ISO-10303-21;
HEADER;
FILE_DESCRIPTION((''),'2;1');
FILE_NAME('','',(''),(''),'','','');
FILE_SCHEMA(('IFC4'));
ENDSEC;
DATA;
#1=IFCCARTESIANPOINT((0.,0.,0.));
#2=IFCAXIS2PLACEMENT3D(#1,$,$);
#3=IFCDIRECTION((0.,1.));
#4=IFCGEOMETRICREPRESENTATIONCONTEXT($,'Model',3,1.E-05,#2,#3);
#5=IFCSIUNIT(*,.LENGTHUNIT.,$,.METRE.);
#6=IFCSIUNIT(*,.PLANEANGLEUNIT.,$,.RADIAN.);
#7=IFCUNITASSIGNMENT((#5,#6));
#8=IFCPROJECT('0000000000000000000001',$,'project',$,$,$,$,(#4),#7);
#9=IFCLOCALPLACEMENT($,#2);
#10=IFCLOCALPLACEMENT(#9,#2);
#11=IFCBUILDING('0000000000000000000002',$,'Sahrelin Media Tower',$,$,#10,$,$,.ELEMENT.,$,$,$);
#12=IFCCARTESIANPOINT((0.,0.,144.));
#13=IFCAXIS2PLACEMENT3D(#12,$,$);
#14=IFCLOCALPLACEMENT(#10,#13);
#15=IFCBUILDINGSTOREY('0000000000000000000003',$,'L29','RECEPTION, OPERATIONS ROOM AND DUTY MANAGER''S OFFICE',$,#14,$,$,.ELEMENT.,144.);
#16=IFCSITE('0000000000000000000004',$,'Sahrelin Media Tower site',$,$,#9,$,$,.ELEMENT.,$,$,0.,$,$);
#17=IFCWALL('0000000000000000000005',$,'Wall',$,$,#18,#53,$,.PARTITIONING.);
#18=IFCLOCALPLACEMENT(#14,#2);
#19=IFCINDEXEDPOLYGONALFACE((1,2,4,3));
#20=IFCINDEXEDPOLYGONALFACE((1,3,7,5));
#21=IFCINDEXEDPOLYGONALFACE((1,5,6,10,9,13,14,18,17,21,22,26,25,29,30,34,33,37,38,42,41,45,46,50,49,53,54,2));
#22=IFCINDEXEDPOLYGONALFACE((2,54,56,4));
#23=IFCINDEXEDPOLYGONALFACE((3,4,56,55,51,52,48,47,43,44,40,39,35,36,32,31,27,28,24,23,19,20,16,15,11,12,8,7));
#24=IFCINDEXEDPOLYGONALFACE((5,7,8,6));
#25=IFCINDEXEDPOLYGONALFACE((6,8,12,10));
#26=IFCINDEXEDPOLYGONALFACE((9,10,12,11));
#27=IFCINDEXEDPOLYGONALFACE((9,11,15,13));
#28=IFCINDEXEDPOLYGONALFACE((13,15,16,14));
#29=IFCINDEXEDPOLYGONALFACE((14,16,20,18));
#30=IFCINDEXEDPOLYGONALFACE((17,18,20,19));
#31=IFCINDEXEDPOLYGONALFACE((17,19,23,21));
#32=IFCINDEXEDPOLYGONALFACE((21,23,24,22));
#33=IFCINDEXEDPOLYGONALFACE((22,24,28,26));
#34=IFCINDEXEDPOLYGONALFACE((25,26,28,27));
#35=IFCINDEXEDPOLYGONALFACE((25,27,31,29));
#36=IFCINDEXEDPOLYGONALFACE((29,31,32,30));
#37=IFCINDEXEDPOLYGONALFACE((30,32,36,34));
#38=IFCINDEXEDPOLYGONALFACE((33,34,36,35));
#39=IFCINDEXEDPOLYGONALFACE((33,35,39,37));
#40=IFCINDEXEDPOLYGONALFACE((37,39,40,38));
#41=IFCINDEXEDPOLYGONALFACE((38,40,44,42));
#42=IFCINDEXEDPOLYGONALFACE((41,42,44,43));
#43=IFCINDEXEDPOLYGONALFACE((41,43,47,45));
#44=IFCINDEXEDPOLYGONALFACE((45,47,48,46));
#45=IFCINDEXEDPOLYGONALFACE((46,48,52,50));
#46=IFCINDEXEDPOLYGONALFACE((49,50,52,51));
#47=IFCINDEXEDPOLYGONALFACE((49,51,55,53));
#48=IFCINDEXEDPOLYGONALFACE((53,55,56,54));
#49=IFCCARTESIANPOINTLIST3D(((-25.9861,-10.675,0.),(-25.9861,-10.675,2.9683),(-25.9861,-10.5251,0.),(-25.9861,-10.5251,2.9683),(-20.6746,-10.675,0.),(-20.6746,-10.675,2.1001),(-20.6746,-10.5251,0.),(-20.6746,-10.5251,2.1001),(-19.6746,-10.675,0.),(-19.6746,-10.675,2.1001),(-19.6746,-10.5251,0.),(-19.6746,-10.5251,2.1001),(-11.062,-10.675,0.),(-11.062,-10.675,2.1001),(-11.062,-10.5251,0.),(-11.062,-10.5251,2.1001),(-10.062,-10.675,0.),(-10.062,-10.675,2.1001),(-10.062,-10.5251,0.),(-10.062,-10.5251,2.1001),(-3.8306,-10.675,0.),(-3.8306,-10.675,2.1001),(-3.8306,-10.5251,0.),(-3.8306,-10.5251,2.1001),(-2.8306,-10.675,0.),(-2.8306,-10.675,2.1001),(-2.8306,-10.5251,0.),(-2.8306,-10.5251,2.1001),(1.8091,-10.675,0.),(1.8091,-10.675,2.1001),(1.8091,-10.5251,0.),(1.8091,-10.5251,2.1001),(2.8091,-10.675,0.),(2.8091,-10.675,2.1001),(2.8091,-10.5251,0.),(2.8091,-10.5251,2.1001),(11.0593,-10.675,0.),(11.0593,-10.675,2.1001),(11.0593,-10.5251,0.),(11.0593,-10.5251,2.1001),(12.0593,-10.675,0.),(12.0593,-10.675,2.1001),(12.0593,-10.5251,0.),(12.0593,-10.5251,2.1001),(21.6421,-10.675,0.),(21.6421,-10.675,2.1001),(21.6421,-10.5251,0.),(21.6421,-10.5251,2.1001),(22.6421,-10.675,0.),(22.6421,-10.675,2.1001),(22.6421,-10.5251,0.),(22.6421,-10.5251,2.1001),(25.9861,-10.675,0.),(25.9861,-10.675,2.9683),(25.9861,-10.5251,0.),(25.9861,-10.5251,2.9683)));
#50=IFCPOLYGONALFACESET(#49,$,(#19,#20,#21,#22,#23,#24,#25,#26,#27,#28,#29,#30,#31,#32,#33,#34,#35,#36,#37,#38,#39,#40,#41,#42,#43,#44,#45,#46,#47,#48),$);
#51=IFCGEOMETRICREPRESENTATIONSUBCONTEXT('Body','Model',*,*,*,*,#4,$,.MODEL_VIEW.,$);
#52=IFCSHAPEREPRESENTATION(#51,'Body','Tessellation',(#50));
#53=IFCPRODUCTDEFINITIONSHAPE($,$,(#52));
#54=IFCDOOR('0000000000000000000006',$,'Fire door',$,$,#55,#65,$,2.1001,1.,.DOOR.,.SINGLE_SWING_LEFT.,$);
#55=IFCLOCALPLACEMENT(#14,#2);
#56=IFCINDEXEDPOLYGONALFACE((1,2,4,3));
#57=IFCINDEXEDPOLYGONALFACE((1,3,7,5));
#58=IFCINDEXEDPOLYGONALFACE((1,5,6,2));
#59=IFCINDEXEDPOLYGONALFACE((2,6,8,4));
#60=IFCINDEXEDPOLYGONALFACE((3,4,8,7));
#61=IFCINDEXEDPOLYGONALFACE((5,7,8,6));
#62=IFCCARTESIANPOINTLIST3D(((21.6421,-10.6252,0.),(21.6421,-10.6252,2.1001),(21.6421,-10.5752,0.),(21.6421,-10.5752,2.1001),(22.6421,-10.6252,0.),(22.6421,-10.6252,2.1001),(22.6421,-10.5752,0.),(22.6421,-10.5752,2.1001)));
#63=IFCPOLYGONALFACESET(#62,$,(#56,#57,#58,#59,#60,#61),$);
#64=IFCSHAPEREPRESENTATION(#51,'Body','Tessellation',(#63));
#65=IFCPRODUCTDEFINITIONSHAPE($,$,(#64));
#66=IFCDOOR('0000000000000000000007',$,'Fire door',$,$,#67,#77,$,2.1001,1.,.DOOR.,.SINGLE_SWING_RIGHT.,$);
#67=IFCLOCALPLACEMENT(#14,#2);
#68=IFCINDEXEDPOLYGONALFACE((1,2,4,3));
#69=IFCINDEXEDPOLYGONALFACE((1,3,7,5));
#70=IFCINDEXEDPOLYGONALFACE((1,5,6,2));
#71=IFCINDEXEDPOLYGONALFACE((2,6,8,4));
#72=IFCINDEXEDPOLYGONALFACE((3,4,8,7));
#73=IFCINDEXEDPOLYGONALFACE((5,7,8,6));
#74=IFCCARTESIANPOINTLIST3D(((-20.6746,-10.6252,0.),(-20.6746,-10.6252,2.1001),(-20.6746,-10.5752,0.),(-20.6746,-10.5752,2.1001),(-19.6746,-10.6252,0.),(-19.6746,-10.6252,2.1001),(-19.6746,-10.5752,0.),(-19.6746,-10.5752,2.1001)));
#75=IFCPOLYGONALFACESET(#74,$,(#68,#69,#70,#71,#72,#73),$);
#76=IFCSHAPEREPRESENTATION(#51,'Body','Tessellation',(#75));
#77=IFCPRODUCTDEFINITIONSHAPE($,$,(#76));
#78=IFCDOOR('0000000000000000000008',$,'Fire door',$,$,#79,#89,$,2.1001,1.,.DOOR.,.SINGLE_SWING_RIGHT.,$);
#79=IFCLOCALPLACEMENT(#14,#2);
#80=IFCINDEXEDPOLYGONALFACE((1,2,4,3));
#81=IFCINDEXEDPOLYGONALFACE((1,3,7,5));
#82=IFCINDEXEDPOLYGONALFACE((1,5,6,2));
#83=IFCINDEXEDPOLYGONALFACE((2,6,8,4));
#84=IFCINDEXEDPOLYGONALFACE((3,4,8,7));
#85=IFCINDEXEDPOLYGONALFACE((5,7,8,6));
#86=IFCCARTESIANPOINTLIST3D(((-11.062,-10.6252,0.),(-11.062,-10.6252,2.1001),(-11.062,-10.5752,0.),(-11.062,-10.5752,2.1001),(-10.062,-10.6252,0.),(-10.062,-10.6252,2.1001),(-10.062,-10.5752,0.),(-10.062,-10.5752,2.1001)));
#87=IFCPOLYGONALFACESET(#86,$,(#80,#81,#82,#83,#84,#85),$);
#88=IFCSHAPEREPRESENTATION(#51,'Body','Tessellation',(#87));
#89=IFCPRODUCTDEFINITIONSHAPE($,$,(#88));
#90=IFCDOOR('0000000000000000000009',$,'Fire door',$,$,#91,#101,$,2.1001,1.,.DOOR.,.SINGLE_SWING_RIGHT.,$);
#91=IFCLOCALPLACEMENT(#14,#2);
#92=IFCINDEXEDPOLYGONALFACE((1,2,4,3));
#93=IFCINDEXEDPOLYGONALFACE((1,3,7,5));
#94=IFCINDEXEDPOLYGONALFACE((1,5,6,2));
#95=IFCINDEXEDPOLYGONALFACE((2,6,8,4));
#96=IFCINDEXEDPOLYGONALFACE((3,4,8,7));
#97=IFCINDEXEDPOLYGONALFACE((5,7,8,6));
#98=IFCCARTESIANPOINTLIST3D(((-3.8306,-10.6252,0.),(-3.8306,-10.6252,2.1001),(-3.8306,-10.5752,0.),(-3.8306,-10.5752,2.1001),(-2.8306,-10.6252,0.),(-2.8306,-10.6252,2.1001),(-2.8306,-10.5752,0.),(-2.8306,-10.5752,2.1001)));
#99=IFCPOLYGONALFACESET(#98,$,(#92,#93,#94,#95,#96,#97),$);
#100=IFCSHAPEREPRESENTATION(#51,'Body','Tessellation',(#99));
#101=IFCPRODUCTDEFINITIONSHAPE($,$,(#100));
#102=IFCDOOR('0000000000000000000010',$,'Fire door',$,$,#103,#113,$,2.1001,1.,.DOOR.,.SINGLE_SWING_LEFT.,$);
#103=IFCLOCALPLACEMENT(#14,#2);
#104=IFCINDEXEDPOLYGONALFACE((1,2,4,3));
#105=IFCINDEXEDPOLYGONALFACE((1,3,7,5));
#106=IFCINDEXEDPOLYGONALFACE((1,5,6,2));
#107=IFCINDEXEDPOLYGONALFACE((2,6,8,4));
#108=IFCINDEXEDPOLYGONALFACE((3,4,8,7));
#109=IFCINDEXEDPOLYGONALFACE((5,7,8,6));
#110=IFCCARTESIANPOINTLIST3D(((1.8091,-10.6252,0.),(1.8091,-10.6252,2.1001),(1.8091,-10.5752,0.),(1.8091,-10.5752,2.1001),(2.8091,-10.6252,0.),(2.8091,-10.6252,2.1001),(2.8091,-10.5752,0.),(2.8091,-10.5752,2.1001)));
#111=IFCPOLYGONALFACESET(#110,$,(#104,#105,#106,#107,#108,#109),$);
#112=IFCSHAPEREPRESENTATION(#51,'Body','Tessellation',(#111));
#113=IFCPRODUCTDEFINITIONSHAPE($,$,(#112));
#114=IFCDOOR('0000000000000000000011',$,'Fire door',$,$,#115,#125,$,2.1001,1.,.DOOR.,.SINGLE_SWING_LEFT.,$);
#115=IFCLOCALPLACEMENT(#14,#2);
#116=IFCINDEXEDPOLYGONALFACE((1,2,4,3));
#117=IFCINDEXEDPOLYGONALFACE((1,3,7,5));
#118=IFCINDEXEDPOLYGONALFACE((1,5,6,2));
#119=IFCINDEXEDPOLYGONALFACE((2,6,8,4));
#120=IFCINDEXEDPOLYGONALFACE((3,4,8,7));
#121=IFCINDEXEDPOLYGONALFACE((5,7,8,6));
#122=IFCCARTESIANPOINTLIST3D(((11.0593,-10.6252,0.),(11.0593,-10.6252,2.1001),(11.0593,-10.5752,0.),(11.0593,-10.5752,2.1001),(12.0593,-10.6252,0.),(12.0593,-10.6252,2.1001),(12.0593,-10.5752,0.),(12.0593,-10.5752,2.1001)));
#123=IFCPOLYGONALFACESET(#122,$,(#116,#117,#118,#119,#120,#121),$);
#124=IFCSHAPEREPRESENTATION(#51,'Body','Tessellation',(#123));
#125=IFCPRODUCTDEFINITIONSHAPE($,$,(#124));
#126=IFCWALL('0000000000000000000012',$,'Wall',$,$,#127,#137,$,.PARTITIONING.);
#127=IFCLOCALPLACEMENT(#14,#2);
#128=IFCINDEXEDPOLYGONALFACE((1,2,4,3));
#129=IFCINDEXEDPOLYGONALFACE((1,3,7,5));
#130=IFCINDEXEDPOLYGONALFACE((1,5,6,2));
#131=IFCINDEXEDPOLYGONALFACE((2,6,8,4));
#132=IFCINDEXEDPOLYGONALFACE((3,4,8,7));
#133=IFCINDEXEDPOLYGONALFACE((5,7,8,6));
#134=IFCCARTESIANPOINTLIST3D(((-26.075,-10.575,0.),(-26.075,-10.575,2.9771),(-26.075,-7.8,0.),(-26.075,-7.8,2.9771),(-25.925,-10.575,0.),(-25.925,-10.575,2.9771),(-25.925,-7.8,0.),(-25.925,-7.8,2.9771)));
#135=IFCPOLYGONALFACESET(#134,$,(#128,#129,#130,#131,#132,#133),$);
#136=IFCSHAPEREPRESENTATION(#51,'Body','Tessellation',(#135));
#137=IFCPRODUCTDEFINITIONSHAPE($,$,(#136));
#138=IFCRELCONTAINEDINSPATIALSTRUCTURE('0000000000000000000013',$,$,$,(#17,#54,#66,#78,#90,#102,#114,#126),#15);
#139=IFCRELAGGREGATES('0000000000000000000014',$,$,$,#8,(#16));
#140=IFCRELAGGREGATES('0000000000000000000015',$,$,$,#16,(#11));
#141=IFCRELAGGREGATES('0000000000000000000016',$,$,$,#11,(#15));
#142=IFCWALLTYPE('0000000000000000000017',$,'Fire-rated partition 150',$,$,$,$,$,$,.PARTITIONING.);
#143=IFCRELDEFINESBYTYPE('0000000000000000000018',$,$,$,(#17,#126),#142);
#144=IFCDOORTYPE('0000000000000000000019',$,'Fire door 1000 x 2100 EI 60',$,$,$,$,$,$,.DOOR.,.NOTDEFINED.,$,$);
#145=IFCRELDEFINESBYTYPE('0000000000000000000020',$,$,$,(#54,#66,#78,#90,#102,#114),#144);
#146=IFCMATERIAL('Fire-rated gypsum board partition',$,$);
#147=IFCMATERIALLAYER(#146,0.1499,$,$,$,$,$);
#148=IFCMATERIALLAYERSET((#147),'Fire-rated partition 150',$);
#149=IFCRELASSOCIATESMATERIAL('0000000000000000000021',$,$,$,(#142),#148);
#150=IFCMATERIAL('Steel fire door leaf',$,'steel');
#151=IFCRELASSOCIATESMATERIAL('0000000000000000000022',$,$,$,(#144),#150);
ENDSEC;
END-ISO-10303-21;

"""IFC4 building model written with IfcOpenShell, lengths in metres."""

from ifc_helpers import new_model, si_unit, direction, frame, frame_2d, origin, place, context, subcontext, project, spatial, rectangle, extrude, material, layer, layer_set, type_object, element, fill, save


model = new_model("IFC4")

# Units and contexts
model_context = context("Model", 3, precision=1e-05, world=origin(), true_north=direction((0.0, 1.0)))
body_context = subcontext(model_context, "Body", "Model", "MODEL_VIEW")
ifc_project = project(units=[si_unit("LENGTHUNIT", "METRE"), si_unit("PLANEANGLEUNIT", "RADIAN")], contexts=[model_context])

# Site, building, storey
site_placement = place(None, origin())
site = spatial("IfcSite", under=ifc_project, at=site_placement, Name="Sahrelin Media Tower site", CompositionType="ELEMENT", RefElevation=0.0)
building_placement = place(site_placement, origin())
building = spatial("IfcBuilding", under=site, at=building_placement, Name="Sahrelin Media Tower", CompositionType="ELEMENT")
storey_placement = place(building_placement, frame((0.0, 0.0, 144.0)))
storey = spatial("IfcBuildingStorey", under=building, at=storey_placement, Name="L29", Description="RECEPTION, OPERATIONS ROOM AND DUTY MANAGER'S OFFICE", CompositionType="ELEMENT", Elevation=144.0)

# Wall, openings, doors
ifc_material_1 = material(Name="Fire-rated gypsum board partition")
ifc_layer_1 = layer(ifc_material_1, 0.1499)
ifc_layer_set_1 = layer_set([ifc_layer_1], Name="Fire-rated partition 150")
wall_type_1 = type_object("IfcWallType", Name="Fire-rated partition 150", PredefinedType="PARTITIONING", material=ifc_layer_set_1)
wall_1_placement = place(storey_placement, frame((-25.9861, -10.6001, 0.0), z_axis=(0.0, 0.0, 1.0), x_axis=(1.0, 0.0, 0.0)))
wall_1 = element("IfcWall", 1, at=wall_1_placement, inside=storey, type_object=wall_type_1, Name="Wall", PredefinedType="PARTITIONING", context=body_context, shape_type="SweptSolid", body=[
    extrude(rectangle(XDim=51.9722, YDim=0.1499, at=frame_2d((25.9861, 0.0))), origin(), (0.0, 0.0, 1.0), 2.9683),
])
opening_1_placement = place(wall_1_placement, frame((47.6282, 0.0, 0.0)))
opening_1 = element("IfcOpeningElement", 2, at=opening_1_placement, cuts=wall_1, PredefinedType="OPENING", context=body_context, shape_type="SweptSolid", body=[
    extrude(rectangle(XDim=1.0, YDim=2.1001, at=frame_2d((0.5, 1.05))), frame((0.0, 0.075, 0.0), z_axis=(0.0, -1.0, 0.0), x_axis=(1.0, 0.0, 0.0)), (0.0, 0.0, 1.0), 0.1499),
])
opening_2_placement = place(wall_1_placement, frame((5.3115, 0.0, 0.0)))
opening_2 = element("IfcOpeningElement", 3, at=opening_2_placement, cuts=wall_1, PredefinedType="OPENING", context=body_context, shape_type="SweptSolid", body=[
    extrude(rectangle(XDim=1.0, YDim=2.1001, at=frame_2d((0.5, 1.05))), frame((0.0, 0.075, 0.0), z_axis=(0.0, -1.0, 0.0), x_axis=(1.0, 0.0, 0.0)), (0.0, 0.0, 1.0), 0.1499),
])
opening_3_placement = place(wall_1_placement, frame((14.9241, 0.0, 0.0)))
opening_3 = element("IfcOpeningElement", 4, at=opening_3_placement, cuts=wall_1, PredefinedType="OPENING", context=body_context, shape_type="SweptSolid", body=[
    extrude(rectangle(XDim=1.0, YDim=2.1001, at=frame_2d((0.5, 1.05))), frame((0.0, 0.075, 0.0), z_axis=(0.0, -1.0, 0.0), x_axis=(1.0, 0.0, 0.0)), (0.0, 0.0, 1.0), 0.1499),
])
opening_4_placement = place(wall_1_placement, frame((22.1555, 0.0, 0.0)))
opening_4 = element("IfcOpeningElement", 5, at=opening_4_placement, cuts=wall_1, PredefinedType="OPENING", context=body_context, shape_type="SweptSolid", body=[
    extrude(rectangle(XDim=1.0, YDim=2.1001, at=frame_2d((0.5, 1.05))), frame((0.0, 0.075, 0.0), z_axis=(0.0, -1.0, 0.0), x_axis=(1.0, 0.0, 0.0)), (0.0, 0.0, 1.0), 0.1499),
])
opening_5_placement = place(wall_1_placement, frame((27.7952, 0.0, 0.0)))
opening_5 = element("IfcOpeningElement", 6, at=opening_5_placement, cuts=wall_1, PredefinedType="OPENING", context=body_context, shape_type="SweptSolid", body=[
    extrude(rectangle(XDim=1.0, YDim=2.1001, at=frame_2d((0.5, 1.05))), frame((0.0, 0.075, 0.0), z_axis=(0.0, -1.0, 0.0), x_axis=(1.0, 0.0, 0.0)), (0.0, 0.0, 1.0), 0.1499),
])
opening_6_placement = place(wall_1_placement, frame((37.0454, 0.0, 0.0)))
opening_6 = element("IfcOpeningElement", 7, at=opening_6_placement, cuts=wall_1, PredefinedType="OPENING", context=body_context, shape_type="SweptSolid", body=[
    extrude(rectangle(XDim=1.0, YDim=2.1001, at=frame_2d((0.5, 1.05))), frame((0.0, 0.075, 0.0), z_axis=(0.0, -1.0, 0.0), x_axis=(1.0, 0.0, 0.0)), (0.0, 0.0, 1.0), 0.1499),
])
ifc_material_2 = material(Name="Steel fire door leaf", Category="steel")
door_type_1 = type_object("IfcDoorType", Name="Fire door 1000 x 2100 EI 60", OperationType="NOTDEFINED", PredefinedType="DOOR", material=ifc_material_2)
door_1_placement = place(opening_1_placement, origin())
door_1 = element("IfcDoor", 8, at=door_1_placement, inside=storey, type_object=door_type_1, Name="Fire door", OperationType="SINGLE_SWING_LEFT", OverallHeight=2.1001, OverallWidth=1.0, PredefinedType="DOOR", context=body_context, shape_type="SweptSolid", body=[
    extrude(rectangle(XDim=1.0, YDim=2.1001, at=frame_2d((0.5, 1.05))), frame((0.0, 0.0249, 0.0), z_axis=(0.0, -1.0, 0.0), x_axis=(1.0, 0.0, 0.0)), (0.0, 0.0, 1.0), 0.05),
])
fill(opening_1, door_1)
door_2_placement = place(opening_2_placement, origin())
door_2 = element("IfcDoor", 9, at=door_2_placement, inside=storey, type_object=door_type_1, Name="Fire door", OperationType="SINGLE_SWING_RIGHT", OverallHeight=2.1001, OverallWidth=1.0, PredefinedType="DOOR", context=body_context, shape_type="SweptSolid", body=[
    extrude(rectangle(XDim=1.0, YDim=2.1001, at=frame_2d((0.5, 1.05))), frame((0.0, 0.0249, 0.0), z_axis=(0.0, -1.0, 0.0), x_axis=(1.0, 0.0, 0.0)), (0.0, 0.0, 1.0), 0.05),
])
fill(opening_2, door_2)
door_3_placement = place(opening_3_placement, origin())
door_3 = element("IfcDoor", 10, at=door_3_placement, inside=storey, type_object=door_type_1, Name="Fire door", OperationType="SINGLE_SWING_RIGHT", OverallHeight=2.1001, OverallWidth=1.0, PredefinedType="DOOR", context=body_context, shape_type="SweptSolid", body=[
    extrude(rectangle(XDim=1.0, YDim=2.1001, at=frame_2d((0.5, 1.05))), frame((0.0, 0.0249, 0.0), z_axis=(0.0, -1.0, 0.0), x_axis=(1.0, 0.0, 0.0)), (0.0, 0.0, 1.0), 0.05),
])
fill(opening_3, door_3)
door_4_placement = place(opening_4_placement, origin())
door_4 = element("IfcDoor", 11, at=door_4_placement, inside=storey, type_object=door_type_1, Name="Fire door", OperationType="SINGLE_SWING_RIGHT", OverallHeight=2.1001, OverallWidth=1.0, PredefinedType="DOOR", context=body_context, shape_type="SweptSolid", body=[
    extrude(rectangle(XDim=1.0, YDim=2.1001, at=frame_2d((0.5, 1.05))), frame((0.0, 0.0249, 0.0), z_axis=(0.0, -1.0, 0.0), x_axis=(1.0, 0.0, 0.0)), (0.0, 0.0, 1.0), 0.05),
])
fill(opening_4, door_4)
door_5_placement = place(opening_5_placement, origin())
door_5 = element("IfcDoor", 12, at=door_5_placement, inside=storey, type_object=door_type_1, Name="Fire door", OperationType="SINGLE_SWING_LEFT", OverallHeight=2.1001, OverallWidth=1.0, PredefinedType="DOOR", context=body_context, shape_type="SweptSolid", body=[
    extrude(rectangle(XDim=1.0, YDim=2.1001, at=frame_2d((0.5, 1.05))), frame((0.0, 0.0249, 0.0), z_axis=(0.0, -1.0, 0.0), x_axis=(1.0, 0.0, 0.0)), (0.0, 0.0, 1.0), 0.05),
])
fill(opening_5, door_5)
door_6_placement = place(opening_6_placement, origin())
door_6 = element("IfcDoor", 13, at=door_6_placement, inside=storey, type_object=door_type_1, Name="Fire door", OperationType="SINGLE_SWING_LEFT", OverallHeight=2.1001, OverallWidth=1.0, PredefinedType="DOOR", context=body_context, shape_type="SweptSolid", body=[
    extrude(rectangle(XDim=1.0, YDim=2.1001, at=frame_2d((0.5, 1.05))), frame((0.0, 0.0249, 0.0), z_axis=(0.0, -1.0, 0.0), x_axis=(1.0, 0.0, 0.0)), (0.0, 0.0, 1.0), 0.05),
])
fill(opening_6, door_6)

# Wall
wall_2_placement = place(storey_placement, frame((-26.0, -10.575, 0.0), z_axis=(0.0, 0.0, 1.0), x_axis=(0.0, 1.0, 0.0)))
element("IfcWall", 14, at=wall_2_placement, inside=storey, type_object=wall_type_1, Name="Wall", PredefinedType="PARTITIONING", context=body_context, shape_type="SweptSolid", body=[
    extrude(rectangle(XDim=2.7749, YDim=0.1499, at=frame_2d((1.3875, 0.0))), origin(), (0.0, 0.0, 1.0), 2.9771),
])

save(model, "model.ifc")
